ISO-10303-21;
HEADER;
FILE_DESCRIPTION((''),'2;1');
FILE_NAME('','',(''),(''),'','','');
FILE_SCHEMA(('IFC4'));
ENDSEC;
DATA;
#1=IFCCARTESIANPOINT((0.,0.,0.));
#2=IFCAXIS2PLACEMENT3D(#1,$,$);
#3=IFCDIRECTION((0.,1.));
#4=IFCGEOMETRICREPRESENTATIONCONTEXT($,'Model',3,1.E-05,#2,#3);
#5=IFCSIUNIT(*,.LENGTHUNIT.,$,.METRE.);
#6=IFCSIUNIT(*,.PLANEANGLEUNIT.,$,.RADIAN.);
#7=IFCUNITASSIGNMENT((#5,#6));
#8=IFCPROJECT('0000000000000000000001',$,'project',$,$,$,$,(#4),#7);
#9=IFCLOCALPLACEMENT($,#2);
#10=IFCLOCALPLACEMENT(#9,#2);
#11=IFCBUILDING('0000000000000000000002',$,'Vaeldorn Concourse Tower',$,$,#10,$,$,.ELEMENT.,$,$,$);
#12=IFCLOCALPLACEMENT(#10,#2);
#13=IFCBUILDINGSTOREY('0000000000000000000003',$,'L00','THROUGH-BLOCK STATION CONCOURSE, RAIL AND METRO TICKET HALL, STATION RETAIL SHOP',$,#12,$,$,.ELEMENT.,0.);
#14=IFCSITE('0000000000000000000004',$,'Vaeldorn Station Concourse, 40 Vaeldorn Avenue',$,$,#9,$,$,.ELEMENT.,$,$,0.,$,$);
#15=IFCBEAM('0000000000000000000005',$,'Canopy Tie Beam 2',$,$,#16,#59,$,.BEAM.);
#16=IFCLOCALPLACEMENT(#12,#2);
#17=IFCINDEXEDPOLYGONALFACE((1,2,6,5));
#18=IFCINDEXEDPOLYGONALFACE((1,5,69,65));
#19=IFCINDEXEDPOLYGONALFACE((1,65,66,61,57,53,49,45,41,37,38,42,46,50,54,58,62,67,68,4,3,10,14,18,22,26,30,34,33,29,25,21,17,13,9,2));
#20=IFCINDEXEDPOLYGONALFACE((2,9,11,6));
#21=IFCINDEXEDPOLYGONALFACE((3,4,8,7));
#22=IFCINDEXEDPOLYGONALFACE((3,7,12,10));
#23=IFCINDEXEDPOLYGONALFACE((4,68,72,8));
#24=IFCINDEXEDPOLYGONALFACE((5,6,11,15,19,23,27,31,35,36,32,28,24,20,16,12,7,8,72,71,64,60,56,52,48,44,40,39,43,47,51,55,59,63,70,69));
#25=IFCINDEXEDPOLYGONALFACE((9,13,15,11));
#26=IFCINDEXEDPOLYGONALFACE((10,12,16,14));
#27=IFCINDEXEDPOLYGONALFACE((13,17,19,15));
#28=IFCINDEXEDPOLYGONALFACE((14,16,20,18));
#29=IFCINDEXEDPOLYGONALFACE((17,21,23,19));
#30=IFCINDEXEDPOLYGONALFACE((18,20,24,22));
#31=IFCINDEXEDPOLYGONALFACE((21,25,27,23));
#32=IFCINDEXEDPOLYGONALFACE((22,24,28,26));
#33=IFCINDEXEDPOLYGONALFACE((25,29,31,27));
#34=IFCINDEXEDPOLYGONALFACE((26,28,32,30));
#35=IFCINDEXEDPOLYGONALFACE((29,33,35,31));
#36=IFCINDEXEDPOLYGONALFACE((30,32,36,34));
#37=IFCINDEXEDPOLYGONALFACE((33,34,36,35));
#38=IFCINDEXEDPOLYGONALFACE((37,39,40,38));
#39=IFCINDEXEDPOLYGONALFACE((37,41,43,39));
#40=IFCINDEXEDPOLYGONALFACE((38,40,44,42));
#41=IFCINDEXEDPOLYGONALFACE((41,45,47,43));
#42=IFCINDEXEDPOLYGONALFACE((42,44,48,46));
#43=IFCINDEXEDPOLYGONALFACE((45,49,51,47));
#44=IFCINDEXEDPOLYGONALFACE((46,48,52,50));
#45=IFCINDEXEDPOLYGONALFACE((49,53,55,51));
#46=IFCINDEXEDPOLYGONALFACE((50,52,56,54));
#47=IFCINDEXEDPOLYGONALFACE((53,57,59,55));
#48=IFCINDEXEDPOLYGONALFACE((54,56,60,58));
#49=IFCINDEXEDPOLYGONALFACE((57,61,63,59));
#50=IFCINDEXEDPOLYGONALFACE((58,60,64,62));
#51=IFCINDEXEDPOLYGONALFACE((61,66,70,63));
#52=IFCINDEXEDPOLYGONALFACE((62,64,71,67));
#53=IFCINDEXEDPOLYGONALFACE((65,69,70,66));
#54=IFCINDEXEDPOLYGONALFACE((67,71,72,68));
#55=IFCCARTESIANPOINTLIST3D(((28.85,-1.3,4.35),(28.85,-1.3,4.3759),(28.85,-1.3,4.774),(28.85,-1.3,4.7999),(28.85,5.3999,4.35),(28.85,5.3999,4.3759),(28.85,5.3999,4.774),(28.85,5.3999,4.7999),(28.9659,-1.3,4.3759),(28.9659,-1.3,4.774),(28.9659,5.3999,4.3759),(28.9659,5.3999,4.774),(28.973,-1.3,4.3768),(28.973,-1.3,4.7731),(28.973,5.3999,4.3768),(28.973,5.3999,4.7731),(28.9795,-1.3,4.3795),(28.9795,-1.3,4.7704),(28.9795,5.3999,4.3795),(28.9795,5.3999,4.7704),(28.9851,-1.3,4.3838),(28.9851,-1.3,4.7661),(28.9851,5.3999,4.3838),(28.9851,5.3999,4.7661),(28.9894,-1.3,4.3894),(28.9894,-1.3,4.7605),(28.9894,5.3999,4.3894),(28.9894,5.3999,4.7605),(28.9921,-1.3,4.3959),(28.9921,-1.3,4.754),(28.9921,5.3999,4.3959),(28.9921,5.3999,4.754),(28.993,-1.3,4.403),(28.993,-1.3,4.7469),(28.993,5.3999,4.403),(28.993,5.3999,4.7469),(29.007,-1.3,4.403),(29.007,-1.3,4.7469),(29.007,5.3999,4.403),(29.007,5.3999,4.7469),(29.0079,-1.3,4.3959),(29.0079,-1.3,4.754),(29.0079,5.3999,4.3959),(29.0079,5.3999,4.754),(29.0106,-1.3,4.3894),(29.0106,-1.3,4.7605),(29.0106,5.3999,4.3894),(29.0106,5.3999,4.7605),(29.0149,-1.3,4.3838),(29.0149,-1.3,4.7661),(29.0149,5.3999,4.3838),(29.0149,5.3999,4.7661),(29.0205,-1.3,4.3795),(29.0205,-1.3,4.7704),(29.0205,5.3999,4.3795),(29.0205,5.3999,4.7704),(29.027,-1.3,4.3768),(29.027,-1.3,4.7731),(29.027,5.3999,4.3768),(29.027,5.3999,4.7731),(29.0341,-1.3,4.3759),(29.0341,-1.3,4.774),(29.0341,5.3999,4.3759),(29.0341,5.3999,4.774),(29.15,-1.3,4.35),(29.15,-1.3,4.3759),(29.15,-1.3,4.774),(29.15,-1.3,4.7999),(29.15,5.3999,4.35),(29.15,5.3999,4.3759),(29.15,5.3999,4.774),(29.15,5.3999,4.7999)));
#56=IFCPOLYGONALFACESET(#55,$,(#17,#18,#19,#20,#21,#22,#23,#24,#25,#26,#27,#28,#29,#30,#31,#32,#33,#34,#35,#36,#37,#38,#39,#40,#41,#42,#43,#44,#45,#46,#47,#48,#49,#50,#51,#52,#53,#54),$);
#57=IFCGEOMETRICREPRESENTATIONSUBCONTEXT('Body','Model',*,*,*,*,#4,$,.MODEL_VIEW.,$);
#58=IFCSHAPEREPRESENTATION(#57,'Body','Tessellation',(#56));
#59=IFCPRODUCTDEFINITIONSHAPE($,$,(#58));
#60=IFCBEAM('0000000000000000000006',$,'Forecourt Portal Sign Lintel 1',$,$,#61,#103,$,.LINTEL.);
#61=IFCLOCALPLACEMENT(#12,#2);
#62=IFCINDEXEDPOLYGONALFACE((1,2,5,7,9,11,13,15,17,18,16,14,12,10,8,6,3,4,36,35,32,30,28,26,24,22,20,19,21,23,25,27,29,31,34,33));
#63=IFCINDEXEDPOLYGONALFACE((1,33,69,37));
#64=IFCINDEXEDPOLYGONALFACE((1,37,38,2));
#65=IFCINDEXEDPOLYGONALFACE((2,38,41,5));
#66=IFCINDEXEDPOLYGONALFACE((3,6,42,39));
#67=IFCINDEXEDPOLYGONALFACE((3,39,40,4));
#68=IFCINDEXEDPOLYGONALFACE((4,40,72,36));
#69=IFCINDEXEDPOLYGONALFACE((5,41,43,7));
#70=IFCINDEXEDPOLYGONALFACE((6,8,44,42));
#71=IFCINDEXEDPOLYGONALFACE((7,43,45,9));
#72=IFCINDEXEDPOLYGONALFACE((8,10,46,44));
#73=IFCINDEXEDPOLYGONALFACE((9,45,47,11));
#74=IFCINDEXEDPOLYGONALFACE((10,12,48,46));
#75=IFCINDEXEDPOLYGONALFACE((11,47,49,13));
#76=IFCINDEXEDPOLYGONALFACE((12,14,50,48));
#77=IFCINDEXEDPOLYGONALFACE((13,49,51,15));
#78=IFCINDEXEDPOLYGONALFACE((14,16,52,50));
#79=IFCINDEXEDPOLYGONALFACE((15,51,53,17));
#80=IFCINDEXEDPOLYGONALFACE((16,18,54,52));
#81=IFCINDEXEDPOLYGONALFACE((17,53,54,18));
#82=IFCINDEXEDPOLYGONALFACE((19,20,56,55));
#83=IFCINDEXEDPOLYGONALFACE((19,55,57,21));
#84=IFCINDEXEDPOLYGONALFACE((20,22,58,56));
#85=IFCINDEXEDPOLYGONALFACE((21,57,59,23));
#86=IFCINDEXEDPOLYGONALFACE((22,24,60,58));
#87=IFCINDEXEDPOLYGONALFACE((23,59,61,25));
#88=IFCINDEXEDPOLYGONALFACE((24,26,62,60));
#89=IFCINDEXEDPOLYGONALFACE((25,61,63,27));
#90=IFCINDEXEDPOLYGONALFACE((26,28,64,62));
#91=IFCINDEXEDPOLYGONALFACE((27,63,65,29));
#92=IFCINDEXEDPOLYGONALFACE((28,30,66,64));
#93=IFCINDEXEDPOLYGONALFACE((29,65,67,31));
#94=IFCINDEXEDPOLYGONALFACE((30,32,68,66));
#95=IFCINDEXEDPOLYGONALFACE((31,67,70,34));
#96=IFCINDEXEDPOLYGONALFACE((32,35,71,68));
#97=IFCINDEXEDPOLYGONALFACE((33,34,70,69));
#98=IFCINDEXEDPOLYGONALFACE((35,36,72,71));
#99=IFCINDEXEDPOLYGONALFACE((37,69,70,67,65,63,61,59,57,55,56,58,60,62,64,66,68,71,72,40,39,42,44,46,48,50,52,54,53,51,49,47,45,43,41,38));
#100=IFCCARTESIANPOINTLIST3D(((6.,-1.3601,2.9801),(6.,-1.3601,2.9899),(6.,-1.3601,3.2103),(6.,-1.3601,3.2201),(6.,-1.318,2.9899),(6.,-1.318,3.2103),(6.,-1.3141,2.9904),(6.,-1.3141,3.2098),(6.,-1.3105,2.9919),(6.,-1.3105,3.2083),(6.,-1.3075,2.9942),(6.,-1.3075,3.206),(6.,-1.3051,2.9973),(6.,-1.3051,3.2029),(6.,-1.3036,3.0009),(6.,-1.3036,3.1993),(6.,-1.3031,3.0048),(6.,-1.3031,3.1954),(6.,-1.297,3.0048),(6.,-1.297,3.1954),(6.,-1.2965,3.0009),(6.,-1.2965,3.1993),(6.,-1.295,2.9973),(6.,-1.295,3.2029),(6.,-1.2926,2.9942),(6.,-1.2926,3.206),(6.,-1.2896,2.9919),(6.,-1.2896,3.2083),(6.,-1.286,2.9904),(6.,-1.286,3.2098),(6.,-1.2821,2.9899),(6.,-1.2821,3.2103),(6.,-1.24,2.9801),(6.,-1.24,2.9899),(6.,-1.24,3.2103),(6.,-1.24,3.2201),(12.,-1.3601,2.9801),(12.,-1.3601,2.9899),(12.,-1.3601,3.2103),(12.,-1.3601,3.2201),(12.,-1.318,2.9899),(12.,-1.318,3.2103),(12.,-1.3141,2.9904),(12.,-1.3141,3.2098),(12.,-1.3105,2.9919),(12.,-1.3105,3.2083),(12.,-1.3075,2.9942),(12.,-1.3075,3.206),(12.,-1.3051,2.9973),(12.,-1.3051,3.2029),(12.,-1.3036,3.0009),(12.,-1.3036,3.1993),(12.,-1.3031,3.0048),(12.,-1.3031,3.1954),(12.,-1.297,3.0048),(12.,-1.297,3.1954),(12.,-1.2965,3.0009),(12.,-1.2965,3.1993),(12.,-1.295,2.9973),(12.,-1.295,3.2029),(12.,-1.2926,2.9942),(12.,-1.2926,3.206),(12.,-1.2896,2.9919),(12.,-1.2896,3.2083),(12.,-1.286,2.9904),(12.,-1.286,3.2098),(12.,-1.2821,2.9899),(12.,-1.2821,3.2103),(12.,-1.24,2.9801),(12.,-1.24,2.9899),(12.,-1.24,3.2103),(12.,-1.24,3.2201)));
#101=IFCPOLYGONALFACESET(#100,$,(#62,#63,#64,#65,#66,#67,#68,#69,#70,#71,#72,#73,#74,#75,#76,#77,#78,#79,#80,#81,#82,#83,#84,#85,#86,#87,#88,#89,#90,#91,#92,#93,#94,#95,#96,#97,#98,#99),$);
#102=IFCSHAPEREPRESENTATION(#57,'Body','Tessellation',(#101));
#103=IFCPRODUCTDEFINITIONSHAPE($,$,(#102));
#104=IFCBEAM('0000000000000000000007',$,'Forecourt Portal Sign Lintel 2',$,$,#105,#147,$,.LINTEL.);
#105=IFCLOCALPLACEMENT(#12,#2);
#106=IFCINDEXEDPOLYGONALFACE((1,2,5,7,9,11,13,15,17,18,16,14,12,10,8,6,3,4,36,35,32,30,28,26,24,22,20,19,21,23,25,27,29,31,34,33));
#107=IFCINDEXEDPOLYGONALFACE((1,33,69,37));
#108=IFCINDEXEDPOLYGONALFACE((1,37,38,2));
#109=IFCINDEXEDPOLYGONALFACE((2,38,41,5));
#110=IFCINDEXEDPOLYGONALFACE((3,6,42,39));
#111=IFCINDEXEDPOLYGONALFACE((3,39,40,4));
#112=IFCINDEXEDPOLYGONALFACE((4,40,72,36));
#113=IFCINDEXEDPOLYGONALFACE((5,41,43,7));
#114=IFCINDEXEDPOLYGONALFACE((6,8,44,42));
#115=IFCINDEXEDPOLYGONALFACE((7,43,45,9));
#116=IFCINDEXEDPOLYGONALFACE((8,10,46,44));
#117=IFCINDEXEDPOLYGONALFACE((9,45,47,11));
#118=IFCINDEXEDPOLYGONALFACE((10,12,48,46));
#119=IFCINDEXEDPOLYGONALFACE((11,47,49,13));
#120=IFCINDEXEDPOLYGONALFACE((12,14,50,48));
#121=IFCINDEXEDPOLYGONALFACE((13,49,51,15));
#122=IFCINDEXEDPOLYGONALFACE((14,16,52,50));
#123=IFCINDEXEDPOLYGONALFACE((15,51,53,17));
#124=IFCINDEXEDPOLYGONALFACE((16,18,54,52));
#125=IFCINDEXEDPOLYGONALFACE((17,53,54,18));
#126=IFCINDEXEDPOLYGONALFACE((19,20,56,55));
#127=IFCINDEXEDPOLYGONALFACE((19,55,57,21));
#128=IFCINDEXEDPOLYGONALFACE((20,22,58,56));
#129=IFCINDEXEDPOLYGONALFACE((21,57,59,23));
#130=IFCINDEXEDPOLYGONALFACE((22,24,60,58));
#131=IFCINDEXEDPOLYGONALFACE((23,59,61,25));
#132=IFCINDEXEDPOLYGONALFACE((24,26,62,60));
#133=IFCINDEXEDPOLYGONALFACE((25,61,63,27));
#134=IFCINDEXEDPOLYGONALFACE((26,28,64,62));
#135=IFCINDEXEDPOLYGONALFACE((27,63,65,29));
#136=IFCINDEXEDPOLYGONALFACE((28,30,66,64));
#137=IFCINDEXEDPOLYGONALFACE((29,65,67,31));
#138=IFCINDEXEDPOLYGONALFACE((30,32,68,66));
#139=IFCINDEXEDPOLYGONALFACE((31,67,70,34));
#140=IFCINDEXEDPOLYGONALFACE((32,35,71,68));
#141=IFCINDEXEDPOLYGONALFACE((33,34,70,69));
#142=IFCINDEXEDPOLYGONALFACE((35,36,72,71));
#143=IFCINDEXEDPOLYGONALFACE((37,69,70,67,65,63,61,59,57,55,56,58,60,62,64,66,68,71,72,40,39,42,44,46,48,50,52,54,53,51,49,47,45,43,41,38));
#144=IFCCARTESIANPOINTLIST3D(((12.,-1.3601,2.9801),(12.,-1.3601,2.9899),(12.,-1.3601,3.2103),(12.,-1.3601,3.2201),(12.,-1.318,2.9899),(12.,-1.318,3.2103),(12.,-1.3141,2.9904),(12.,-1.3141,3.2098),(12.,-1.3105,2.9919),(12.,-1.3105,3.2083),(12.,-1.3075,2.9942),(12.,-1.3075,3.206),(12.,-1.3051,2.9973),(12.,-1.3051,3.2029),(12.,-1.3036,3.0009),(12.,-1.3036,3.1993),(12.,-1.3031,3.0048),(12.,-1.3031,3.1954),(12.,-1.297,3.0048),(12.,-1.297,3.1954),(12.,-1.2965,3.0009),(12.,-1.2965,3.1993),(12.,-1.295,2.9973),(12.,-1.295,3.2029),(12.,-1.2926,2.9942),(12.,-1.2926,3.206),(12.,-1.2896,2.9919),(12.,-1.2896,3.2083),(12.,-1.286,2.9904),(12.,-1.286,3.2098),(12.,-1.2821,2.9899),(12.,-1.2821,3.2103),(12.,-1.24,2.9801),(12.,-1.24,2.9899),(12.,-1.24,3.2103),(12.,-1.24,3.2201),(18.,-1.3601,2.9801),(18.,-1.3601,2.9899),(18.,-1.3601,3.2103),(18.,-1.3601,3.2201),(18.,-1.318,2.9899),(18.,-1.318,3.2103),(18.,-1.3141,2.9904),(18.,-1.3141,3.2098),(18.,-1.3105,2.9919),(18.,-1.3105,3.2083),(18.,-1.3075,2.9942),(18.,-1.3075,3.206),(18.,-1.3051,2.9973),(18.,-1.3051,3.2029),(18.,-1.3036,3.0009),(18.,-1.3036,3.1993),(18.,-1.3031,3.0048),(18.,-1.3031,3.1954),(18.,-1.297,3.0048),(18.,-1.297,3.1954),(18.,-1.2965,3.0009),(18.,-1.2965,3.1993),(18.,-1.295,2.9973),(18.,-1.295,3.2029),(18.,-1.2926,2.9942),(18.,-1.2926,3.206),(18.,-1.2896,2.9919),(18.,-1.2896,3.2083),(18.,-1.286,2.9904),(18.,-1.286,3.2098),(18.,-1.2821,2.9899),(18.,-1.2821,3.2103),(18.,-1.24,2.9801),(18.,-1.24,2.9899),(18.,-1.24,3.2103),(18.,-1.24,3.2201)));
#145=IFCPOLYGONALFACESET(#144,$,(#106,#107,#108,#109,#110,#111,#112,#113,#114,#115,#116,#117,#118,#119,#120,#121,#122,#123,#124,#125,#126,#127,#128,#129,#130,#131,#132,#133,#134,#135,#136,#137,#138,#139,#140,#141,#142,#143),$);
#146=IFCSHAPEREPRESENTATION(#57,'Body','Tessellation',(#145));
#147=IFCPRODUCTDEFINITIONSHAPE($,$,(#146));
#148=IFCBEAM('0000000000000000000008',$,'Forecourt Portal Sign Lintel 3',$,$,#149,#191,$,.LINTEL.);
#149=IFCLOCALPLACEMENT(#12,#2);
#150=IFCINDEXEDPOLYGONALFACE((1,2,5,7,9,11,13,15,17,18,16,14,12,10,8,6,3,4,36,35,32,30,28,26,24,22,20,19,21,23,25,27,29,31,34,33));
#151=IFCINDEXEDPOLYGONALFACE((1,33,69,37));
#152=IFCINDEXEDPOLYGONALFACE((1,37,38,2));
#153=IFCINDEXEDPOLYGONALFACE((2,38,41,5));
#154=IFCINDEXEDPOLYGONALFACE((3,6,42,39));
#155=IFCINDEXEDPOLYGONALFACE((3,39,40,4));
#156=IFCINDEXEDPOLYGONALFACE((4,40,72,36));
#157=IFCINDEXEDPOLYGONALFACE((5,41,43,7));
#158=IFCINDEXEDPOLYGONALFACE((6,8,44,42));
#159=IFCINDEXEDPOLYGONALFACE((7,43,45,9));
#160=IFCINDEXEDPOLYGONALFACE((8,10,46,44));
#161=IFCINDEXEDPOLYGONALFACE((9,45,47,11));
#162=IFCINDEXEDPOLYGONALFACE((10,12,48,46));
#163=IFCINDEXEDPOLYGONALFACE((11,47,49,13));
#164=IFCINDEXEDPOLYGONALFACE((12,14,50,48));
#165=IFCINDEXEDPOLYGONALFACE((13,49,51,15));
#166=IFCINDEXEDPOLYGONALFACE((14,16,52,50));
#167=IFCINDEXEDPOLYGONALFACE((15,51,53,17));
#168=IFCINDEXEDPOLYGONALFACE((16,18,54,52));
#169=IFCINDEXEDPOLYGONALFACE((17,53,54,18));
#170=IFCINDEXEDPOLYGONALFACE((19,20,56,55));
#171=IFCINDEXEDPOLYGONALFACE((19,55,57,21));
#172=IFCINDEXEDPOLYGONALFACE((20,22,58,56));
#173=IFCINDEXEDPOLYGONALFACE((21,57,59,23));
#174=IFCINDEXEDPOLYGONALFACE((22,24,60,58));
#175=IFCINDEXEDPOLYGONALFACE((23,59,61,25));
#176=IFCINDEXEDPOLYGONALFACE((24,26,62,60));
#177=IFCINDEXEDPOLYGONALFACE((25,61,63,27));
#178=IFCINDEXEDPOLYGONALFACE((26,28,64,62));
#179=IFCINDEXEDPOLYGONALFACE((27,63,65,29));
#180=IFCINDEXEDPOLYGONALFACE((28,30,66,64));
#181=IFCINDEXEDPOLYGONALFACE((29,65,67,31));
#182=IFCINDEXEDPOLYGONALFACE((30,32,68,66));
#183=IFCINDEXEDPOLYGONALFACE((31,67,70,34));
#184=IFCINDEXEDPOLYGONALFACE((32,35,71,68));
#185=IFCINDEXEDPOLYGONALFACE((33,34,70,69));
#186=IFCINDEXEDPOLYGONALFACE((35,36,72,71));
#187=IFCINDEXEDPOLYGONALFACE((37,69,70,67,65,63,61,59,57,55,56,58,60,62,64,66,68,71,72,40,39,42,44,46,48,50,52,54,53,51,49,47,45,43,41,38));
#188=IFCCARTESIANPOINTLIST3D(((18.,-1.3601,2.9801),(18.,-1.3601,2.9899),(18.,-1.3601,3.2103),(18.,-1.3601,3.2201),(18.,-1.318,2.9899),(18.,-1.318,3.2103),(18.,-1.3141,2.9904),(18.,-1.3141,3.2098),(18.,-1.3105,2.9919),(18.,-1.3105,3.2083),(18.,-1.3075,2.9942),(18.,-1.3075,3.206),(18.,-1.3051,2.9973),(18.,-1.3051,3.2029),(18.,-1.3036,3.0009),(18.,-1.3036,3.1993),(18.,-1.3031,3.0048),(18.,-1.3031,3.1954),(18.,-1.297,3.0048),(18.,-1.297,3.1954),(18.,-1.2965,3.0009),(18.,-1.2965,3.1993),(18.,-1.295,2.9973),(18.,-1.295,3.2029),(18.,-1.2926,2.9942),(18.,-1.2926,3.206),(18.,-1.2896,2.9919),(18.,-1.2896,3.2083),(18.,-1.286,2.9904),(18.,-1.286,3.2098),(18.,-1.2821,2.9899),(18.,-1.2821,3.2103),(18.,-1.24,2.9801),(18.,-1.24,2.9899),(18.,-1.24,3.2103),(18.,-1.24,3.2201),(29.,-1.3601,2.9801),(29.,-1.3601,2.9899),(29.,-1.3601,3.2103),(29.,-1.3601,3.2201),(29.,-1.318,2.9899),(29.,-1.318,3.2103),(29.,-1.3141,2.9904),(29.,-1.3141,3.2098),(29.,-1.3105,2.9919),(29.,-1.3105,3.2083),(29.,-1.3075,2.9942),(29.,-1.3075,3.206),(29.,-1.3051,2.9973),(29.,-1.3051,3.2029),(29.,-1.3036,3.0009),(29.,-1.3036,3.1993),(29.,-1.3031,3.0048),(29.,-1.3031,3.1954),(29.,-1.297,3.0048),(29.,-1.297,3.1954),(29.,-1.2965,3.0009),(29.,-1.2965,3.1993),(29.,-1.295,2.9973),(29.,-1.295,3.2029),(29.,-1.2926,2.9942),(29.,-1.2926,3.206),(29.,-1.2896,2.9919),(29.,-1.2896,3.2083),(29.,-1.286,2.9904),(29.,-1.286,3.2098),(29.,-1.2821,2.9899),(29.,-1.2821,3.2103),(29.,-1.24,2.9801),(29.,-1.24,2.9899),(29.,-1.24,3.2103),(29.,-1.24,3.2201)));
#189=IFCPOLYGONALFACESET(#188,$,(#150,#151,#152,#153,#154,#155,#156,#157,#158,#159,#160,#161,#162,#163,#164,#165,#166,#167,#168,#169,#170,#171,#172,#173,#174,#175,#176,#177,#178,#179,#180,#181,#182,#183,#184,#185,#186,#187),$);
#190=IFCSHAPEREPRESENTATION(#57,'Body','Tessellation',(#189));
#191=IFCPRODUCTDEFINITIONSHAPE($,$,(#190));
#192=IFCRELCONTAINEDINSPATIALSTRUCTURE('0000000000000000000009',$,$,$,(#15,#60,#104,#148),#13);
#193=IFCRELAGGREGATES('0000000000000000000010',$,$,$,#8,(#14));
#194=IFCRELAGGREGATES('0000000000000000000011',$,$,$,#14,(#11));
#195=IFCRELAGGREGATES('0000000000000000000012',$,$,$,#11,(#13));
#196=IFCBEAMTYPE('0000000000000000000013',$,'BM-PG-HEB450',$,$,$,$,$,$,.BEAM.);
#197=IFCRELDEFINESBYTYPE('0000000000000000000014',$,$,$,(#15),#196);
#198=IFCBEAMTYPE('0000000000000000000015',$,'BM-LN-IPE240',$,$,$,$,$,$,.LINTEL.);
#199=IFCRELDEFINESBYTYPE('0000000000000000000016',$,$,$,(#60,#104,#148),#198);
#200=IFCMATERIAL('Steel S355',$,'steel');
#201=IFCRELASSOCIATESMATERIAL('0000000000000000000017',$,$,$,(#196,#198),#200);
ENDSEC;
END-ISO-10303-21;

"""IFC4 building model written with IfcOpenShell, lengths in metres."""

from ifc_helpers import new_model, si_unit, direction, frame, origin, origin_2d, place, context, subcontext, project, spatial, i_section, extrude, source, transform, mapped, material, material_profile, profile_set, type_object, element, save


model = new_model("IFC4")

# Units and contexts
model_context = context("Model", 3, precision=1e-05, world=origin(), true_north=direction((0.0, 1.0)))
body_context = subcontext(model_context, "Body", "Model", "MODEL_VIEW")
ifc_project = project(units=[si_unit("LENGTHUNIT", "METRE"), si_unit("PLANEANGLEUNIT", "RADIAN")], contexts=[model_context])

# Site, building, storey
site_placement = place(None, origin())
site = spatial("IfcSite", under=ifc_project, at=site_placement, Name="Vaeldorn Station Concourse, 40 Vaeldorn Avenue", CompositionType="ELEMENT", RefElevation=0.0)
building_placement = place(site_placement, origin())
building = spatial("IfcBuilding", under=site, at=building_placement, Name="Vaeldorn Concourse Tower", CompositionType="ELEMENT")
storey_placement = place(building_placement, origin())
storey = spatial("IfcBuildingStorey", under=building, at=storey_placement, Name="L00", Description="THROUGH-BLOCK STATION CONCOURSE, RAIL AND METRO TICKET HALL, STATION RETAIL SHOP", CompositionType="ELEMENT", Elevation=0.0)

# Shared definitions
ifc_material_1 = material(Name="Steel S355", Category="steel")

# Shared definitions
ifc_material_profile_1 = material_profile(ifc_material_1, i_section(OverallWidth=0.3, OverallDepth=0.45, WebThickness=0.0139, FlangeThickness=0.0259, FilletRadius=0.0271, at=origin_2d()), Name="HEB 450")
ifc_profile_set_1 = profile_set([ifc_material_profile_1], Name="Steel S355")
beam_type_1 = type_object("IfcBeamType", Name="BM-PG-HEB450", PredefinedType="BEAM", material=ifc_profile_set_1)

# Beams
shared_shape_1 = source(origin(), body_context, "Body", "SweptSolid", [
    extrude(i_section(OverallWidth=0.3, OverallDepth=0.45, WebThickness=0.0139, FlangeThickness=0.0259, FilletRadius=0.0271, at=origin_2d()), origin(), (0.0, 0.0, 1.0), 6.7),
])
beam_1_placement = place(storey_placement, frame((29.0, -1.3, 4.575), z_axis=(0.0, 1.0, 0.0), x_axis=(-1.0, 0.0, 0.0)))
element("IfcBeam", 1, at=beam_1_placement, inside=storey, type_object=beam_type_1, Name="Canopy Tie Beam 2", PredefinedType="BEAM", context=body_context, shape_type="MappedRepresentation", body=[
    mapped(shared_shape_1, transform((0.0, 0.0, 0.0), scale=1.0)),
])
ifc_material_profile_2 = material_profile(ifc_material_1, i_section(OverallWidth=0.1201, OverallDepth=0.24, WebThickness=0.0061, FlangeThickness=0.0098, FilletRadius=0.0149, at=origin_2d()), Name="IPE 240")
ifc_profile_set_2 = profile_set([ifc_material_profile_2], Name="Steel S355")
beam_type_2 = type_object("IfcBeamType", Name="BM-LN-IPE240", PredefinedType="LINTEL", material=ifc_profile_set_2)
shared_shape_2 = source(origin(), body_context, "Body", "SweptSolid", [
    extrude(i_section(OverallWidth=0.1201, OverallDepth=0.24, WebThickness=0.0061, FlangeThickness=0.0098, FilletRadius=0.0149, at=origin_2d()), origin(), (0.0, 0.0, 1.0), 6.0),
])
for number, where, z_axis, x_axis, name in (
    (2, (6.0, -1.3, 3.1001), (1.0, 0.0, 0.0), (0.0, 1.0, 0.0), "Forecourt Portal Sign Lintel 1"),
    (3, (12.0, -1.3, 3.1001), (1.0, 0.0, 0.0), (0.0, 1.0, 0.0), "Forecourt Portal Sign Lintel 2"),
):
    element("IfcBeam", number, at=place(storey_placement, frame(where, z_axis=z_axis, x_axis=x_axis)), inside=storey, type_object=beam_type_2, Name=name, PredefinedType="LINTEL", context=body_context, shape_type="MappedRepresentation", body=[
        mapped(shared_shape_2, transform((0.0, 0.0, 0.0), scale=1.0)),
    ])
shared_shape_3 = source(origin(), body_context, "Body", "SweptSolid", [
    extrude(i_section(OverallWidth=0.1201, OverallDepth=0.24, WebThickness=0.0061, FlangeThickness=0.0098, FilletRadius=0.0149, at=origin_2d()), origin(), (0.0, 0.0, 1.0), 11.0),
])
beam_2_placement = place(storey_placement, frame((18.0, -1.3, 3.1001), z_axis=(1.0, 0.0, 0.0), x_axis=(0.0, 1.0, 0.0)))
element("IfcBeam", 4, at=beam_2_placement, inside=storey, type_object=beam_type_2, Name="Forecourt Portal Sign Lintel 3", PredefinedType="LINTEL", context=body_context, shape_type="MappedRepresentation", body=[
    mapped(shared_shape_3, transform((0.0, 0.0, 0.0), scale=1.0)),
])

save(model, "model.ifc")
